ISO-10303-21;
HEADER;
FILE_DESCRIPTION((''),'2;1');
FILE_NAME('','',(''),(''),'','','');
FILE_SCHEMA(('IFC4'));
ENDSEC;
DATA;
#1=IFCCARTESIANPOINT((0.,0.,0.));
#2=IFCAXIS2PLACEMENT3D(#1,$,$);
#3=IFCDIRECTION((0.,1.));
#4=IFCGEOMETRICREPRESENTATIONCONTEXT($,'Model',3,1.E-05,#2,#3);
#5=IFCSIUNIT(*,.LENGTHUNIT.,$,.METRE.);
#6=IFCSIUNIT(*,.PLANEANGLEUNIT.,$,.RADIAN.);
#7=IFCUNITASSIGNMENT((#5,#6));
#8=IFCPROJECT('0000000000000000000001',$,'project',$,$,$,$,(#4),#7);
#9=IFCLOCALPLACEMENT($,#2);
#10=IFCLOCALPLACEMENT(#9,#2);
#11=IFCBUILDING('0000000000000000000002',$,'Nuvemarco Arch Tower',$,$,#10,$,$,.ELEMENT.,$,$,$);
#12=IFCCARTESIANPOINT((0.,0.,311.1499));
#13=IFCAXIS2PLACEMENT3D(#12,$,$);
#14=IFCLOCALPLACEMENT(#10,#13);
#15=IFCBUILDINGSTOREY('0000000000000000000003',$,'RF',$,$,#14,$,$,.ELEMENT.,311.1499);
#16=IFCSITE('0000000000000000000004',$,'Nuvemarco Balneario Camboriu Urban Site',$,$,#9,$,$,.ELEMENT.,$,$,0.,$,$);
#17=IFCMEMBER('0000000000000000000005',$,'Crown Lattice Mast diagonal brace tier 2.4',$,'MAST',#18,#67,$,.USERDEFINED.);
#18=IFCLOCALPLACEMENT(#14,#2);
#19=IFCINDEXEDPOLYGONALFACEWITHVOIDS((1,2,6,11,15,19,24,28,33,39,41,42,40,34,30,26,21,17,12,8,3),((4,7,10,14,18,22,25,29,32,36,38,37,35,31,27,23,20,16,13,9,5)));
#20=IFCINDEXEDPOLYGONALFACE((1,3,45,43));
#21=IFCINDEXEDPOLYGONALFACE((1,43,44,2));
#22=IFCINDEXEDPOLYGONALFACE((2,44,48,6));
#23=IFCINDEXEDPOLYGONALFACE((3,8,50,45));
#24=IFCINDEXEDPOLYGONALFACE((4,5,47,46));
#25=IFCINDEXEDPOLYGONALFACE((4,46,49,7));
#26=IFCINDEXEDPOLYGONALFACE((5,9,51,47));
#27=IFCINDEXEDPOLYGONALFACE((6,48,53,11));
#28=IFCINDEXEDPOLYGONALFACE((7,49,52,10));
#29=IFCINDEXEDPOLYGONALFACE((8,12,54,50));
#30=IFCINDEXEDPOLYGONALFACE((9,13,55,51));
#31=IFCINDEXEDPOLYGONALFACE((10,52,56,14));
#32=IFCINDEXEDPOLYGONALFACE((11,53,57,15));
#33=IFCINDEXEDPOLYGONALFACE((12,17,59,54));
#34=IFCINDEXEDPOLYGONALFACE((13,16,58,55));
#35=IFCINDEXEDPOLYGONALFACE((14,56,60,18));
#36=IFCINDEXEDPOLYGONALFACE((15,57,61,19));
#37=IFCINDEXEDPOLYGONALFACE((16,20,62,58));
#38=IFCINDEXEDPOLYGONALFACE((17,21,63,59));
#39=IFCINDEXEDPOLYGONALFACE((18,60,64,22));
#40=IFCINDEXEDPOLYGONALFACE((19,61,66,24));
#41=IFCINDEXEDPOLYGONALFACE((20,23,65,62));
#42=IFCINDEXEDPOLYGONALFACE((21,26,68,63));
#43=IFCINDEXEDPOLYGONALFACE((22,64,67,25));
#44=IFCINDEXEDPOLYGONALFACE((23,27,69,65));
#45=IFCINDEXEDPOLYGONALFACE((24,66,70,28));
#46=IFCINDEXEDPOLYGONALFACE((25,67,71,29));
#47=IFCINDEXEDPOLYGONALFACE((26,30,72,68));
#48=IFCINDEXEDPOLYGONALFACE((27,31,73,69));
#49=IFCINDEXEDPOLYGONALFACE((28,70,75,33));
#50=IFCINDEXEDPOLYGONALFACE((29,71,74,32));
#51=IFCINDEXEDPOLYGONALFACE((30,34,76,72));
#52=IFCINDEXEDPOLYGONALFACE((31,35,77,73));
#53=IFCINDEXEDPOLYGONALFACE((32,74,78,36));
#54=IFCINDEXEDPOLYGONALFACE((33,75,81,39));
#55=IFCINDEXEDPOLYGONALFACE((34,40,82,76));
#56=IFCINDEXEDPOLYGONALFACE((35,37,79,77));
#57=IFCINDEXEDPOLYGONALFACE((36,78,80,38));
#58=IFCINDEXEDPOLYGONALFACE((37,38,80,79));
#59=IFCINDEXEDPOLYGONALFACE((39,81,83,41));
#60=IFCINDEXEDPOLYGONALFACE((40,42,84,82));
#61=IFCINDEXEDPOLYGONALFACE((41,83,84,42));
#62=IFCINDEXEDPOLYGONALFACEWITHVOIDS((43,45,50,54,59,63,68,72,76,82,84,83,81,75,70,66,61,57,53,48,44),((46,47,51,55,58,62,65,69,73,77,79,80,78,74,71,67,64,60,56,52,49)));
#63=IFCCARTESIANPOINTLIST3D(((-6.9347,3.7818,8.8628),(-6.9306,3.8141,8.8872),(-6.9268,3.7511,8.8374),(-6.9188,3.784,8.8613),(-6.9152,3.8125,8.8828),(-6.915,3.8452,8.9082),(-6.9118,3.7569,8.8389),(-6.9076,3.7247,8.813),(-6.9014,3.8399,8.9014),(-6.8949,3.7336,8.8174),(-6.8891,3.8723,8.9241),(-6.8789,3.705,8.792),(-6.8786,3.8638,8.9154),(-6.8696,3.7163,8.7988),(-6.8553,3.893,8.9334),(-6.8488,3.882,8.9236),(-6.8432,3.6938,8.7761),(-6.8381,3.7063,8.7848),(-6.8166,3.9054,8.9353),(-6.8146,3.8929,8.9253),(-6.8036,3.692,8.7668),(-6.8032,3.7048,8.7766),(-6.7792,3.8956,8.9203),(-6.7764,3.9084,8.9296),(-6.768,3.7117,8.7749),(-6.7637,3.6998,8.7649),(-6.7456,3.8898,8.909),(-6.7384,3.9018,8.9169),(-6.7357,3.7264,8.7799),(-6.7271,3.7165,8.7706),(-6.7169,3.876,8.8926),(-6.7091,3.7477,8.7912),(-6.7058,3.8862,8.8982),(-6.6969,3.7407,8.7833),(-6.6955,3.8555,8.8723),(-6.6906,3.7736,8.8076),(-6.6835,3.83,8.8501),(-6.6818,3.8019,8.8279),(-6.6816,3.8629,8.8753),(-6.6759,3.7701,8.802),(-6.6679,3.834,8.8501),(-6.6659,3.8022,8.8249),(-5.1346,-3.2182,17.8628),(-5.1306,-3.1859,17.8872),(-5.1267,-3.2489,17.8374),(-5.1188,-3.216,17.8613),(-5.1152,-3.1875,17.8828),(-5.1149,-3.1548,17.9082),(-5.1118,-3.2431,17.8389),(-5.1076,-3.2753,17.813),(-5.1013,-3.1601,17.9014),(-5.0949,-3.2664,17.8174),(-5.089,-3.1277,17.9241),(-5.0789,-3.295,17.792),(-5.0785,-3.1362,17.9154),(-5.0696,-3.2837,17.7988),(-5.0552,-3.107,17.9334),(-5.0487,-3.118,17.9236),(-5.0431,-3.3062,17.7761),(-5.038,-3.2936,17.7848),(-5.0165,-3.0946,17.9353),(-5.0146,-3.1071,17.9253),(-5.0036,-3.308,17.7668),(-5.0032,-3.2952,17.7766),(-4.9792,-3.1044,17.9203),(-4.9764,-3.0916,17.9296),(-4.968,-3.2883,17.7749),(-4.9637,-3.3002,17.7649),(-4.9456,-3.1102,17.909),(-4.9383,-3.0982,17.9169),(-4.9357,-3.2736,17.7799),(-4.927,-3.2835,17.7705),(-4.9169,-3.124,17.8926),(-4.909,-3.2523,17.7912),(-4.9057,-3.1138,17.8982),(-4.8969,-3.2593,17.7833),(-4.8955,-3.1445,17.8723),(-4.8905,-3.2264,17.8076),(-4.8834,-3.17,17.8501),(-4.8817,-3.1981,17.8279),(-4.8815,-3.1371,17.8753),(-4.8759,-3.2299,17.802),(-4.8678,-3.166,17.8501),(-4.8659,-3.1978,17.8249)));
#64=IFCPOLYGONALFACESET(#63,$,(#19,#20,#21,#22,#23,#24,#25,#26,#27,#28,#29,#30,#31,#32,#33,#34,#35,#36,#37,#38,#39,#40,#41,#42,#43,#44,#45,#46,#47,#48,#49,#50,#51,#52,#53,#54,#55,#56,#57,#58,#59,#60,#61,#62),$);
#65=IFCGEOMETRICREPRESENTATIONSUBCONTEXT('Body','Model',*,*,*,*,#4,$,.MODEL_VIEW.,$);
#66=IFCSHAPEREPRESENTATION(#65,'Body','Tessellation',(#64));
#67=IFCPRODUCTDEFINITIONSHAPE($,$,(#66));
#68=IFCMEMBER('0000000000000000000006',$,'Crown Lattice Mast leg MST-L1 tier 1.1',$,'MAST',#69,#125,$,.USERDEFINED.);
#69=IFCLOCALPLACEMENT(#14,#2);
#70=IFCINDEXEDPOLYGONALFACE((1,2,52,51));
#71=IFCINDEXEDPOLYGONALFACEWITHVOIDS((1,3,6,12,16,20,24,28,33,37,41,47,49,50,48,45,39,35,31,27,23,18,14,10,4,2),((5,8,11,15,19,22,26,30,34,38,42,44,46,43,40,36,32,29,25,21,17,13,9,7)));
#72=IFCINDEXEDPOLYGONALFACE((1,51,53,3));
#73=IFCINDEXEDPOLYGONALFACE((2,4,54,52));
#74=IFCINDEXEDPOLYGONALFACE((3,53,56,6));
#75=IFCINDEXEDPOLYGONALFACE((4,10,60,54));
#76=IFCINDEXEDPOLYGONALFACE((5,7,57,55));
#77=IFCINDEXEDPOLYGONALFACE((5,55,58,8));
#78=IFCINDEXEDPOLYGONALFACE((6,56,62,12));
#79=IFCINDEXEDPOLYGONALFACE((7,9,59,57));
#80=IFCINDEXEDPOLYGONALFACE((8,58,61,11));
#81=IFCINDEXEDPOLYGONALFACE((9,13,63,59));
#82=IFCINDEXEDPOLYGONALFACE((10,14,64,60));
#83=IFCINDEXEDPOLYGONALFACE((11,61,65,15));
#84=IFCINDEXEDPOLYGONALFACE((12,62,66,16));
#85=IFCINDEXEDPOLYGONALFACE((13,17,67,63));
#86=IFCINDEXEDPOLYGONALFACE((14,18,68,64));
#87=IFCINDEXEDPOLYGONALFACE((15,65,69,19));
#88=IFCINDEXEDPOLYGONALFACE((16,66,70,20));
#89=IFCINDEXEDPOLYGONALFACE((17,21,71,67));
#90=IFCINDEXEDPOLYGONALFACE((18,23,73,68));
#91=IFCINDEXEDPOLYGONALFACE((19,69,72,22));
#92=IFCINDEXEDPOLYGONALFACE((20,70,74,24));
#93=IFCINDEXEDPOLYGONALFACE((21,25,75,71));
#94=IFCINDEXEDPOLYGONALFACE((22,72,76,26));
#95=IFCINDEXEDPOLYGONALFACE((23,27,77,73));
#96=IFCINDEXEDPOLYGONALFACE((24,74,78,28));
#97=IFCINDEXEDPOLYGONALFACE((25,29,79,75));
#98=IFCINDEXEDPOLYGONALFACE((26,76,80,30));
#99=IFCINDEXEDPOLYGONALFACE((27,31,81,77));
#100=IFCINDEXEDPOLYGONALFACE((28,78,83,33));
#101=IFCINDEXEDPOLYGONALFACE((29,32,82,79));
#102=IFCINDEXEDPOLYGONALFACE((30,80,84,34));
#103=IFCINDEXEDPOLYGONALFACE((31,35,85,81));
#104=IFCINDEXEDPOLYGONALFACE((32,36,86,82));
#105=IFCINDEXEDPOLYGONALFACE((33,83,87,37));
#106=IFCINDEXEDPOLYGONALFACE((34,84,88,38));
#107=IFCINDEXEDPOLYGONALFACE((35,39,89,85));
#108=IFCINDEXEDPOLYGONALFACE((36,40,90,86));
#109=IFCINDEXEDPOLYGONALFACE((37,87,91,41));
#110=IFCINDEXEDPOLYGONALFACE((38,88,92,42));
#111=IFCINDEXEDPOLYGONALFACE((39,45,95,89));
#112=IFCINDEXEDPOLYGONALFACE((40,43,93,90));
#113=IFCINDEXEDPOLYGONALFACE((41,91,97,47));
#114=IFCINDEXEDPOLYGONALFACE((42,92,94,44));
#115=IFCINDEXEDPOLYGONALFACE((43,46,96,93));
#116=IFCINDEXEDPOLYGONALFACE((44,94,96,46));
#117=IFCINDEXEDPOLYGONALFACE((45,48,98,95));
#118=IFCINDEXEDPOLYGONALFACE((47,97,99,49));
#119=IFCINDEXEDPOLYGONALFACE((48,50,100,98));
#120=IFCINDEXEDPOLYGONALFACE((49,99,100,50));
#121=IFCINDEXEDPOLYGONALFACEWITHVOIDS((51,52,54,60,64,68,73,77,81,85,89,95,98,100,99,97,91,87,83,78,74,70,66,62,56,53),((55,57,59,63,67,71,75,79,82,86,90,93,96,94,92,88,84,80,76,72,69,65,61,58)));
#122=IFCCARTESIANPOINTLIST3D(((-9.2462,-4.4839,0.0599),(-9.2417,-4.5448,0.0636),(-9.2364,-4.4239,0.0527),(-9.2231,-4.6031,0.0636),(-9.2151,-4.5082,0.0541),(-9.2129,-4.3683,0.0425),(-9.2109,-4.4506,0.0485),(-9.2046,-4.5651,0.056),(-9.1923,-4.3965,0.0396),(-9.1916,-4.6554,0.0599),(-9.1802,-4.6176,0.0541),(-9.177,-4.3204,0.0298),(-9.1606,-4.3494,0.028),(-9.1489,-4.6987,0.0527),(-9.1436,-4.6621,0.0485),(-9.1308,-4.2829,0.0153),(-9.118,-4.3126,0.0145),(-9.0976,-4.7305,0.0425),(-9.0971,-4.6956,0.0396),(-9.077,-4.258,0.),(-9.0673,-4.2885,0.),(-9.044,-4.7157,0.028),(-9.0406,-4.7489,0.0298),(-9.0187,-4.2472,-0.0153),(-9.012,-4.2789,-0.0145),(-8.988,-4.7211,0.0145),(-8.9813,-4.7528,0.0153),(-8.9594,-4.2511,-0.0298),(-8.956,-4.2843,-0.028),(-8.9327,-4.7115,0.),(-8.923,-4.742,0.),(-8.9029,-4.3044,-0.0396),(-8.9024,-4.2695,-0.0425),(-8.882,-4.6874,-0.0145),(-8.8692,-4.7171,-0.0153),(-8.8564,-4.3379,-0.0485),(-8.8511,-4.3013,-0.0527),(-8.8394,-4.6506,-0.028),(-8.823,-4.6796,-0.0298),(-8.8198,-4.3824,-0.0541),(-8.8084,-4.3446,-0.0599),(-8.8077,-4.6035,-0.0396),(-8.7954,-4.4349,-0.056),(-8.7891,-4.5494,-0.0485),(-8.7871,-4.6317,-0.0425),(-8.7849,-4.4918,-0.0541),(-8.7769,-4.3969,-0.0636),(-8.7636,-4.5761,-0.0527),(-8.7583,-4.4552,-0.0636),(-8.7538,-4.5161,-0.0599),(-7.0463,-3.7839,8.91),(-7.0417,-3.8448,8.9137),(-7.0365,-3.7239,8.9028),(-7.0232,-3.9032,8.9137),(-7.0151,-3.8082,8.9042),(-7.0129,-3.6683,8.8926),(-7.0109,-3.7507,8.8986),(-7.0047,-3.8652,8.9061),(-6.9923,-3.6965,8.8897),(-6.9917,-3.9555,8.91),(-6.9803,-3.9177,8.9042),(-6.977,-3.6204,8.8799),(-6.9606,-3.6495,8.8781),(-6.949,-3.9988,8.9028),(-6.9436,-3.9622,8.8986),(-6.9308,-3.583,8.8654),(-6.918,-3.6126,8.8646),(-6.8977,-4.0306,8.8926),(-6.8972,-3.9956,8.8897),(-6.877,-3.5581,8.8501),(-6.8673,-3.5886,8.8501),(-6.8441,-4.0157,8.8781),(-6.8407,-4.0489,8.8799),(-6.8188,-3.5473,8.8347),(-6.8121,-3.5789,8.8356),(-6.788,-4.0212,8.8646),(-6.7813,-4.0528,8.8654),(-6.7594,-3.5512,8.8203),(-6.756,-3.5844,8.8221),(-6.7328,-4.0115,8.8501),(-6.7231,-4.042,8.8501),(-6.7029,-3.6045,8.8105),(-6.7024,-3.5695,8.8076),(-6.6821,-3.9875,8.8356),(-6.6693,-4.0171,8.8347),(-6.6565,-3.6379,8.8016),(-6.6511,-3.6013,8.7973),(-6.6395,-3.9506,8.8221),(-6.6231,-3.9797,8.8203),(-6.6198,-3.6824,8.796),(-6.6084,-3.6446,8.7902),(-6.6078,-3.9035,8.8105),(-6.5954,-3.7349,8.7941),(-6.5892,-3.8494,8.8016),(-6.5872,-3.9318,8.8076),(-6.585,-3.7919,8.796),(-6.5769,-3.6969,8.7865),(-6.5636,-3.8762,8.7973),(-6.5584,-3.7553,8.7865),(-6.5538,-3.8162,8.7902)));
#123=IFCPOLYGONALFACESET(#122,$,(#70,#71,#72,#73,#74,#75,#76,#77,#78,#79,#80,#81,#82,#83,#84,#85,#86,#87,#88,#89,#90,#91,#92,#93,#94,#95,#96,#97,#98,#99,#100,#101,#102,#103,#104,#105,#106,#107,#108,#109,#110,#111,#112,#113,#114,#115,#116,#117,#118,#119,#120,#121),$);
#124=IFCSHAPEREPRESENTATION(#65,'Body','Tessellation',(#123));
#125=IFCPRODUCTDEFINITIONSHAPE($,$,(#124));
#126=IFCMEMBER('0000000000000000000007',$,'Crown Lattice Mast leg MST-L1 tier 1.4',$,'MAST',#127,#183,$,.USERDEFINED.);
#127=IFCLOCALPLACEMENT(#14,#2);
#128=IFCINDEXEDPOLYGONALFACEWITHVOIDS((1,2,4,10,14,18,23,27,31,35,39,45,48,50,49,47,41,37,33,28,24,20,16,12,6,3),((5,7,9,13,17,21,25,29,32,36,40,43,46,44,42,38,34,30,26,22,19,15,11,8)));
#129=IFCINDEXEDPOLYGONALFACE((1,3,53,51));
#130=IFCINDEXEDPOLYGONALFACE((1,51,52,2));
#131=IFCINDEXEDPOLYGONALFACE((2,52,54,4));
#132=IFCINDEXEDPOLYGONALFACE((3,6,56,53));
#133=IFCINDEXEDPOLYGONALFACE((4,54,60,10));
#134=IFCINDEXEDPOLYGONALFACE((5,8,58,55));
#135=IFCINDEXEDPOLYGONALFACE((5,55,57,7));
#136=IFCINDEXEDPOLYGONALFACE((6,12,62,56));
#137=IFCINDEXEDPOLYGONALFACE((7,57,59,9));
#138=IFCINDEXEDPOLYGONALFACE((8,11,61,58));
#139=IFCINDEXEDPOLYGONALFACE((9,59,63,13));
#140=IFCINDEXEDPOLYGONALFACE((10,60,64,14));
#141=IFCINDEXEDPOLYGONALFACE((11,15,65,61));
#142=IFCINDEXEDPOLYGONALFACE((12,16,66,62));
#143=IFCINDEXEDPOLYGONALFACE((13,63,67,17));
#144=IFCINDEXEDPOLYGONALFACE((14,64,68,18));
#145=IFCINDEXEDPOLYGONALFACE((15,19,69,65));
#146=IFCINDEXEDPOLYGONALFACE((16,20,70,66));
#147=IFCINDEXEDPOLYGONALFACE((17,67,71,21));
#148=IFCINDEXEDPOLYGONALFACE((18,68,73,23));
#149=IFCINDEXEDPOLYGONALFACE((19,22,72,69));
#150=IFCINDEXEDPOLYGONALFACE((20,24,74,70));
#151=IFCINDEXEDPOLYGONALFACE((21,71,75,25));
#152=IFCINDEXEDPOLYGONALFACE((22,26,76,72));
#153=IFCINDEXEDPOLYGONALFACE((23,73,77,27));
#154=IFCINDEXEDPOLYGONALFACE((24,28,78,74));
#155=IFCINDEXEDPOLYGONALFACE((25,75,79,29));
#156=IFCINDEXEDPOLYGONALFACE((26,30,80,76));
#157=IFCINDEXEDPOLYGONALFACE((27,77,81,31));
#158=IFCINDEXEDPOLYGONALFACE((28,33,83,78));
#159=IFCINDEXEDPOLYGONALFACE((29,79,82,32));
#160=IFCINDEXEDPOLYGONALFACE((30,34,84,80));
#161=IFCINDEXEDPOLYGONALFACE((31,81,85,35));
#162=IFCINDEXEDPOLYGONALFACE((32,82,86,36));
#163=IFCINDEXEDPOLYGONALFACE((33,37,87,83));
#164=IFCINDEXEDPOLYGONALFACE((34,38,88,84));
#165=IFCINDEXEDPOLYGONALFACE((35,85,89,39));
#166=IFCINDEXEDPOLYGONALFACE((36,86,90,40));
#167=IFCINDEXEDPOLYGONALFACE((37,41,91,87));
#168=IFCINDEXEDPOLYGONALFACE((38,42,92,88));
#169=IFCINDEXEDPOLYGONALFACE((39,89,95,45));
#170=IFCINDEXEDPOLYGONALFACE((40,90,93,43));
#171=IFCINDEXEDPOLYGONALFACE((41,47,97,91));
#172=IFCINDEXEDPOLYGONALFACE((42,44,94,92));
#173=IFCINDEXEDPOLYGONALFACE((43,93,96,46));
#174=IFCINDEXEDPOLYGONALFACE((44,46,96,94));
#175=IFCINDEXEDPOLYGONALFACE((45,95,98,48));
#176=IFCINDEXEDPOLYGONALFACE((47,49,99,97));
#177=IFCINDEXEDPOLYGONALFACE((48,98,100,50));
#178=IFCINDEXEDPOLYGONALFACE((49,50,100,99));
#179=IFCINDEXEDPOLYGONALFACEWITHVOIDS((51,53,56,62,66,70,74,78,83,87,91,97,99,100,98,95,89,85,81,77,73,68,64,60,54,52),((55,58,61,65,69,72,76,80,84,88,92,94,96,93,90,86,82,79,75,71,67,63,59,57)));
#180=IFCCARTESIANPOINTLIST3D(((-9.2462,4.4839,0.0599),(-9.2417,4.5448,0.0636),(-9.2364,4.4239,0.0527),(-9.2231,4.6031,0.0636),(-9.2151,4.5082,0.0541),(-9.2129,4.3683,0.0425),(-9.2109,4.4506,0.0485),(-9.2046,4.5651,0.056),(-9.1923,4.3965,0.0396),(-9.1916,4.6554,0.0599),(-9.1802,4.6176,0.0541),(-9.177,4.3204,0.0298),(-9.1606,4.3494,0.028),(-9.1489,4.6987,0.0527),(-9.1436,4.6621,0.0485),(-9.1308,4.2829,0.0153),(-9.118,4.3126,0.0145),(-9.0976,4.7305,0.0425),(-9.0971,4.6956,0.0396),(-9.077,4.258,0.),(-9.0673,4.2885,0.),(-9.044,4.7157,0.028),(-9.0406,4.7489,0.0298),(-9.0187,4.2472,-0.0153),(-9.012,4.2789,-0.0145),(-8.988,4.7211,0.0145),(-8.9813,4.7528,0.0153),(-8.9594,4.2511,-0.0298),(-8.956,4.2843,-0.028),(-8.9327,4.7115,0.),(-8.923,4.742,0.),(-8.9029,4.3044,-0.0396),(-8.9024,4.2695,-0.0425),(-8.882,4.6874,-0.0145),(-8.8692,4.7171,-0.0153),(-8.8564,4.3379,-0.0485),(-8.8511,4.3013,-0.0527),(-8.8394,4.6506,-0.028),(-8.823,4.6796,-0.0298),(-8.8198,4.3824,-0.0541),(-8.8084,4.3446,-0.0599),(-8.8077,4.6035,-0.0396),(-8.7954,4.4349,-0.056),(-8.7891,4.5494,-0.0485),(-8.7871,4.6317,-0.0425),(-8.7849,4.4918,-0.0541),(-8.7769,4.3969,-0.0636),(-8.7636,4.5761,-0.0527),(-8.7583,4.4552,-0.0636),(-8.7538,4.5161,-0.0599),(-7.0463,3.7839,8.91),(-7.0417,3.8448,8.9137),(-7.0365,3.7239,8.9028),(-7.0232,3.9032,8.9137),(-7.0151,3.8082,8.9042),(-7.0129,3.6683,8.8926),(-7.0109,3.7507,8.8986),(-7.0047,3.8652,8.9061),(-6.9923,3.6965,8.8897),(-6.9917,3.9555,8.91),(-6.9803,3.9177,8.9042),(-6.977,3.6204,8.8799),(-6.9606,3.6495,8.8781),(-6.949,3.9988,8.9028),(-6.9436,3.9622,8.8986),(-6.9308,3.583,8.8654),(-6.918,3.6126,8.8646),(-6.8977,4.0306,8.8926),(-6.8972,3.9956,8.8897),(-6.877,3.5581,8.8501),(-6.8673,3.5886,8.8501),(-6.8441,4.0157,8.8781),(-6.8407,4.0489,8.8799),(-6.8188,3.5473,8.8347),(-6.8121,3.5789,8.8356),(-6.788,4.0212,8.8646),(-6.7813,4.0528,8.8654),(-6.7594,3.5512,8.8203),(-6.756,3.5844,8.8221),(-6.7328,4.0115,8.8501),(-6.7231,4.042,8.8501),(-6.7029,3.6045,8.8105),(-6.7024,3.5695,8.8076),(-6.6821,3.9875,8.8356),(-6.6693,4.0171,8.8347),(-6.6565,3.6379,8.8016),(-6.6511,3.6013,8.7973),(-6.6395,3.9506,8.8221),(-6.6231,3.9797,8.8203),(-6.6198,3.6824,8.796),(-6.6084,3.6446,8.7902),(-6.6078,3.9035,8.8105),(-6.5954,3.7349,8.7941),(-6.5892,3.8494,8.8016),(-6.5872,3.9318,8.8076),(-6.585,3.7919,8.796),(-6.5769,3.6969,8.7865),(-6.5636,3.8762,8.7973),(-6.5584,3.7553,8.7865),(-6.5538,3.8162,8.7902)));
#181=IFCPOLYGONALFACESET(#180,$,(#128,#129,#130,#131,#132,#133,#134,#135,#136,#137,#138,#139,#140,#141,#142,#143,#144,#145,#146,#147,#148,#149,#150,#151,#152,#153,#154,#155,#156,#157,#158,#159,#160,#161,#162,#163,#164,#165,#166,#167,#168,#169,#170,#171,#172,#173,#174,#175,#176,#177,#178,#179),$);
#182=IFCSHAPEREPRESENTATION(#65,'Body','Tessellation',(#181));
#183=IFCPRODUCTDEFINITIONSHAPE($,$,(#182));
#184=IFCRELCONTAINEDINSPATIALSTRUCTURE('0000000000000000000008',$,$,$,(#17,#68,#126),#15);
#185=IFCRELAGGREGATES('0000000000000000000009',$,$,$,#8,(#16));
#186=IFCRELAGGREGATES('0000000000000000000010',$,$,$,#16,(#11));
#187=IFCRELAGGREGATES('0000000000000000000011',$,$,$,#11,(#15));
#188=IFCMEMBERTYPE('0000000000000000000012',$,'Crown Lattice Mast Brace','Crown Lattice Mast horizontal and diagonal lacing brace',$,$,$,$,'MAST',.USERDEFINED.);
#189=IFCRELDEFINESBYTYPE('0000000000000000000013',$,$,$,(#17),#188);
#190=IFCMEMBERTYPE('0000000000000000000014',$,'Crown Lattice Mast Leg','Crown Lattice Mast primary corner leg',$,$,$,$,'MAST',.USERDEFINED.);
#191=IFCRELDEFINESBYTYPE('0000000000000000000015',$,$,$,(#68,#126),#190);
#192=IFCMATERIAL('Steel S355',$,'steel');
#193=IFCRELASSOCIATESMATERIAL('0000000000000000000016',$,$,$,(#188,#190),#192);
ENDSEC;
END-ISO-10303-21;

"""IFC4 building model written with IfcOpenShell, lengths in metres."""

from ifc_helpers import new_model, si_unit, direction, frame, origin, origin_2d, place, context, subcontext, project, spatial, hollow_circle, extrude, material, material_profile, profile_set, type_object, element, save


model = new_model("IFC4")

# Units and contexts
model_context = context("Model", 3, precision=1e-05, world=origin(), true_north=direction((0.0, 1.0)))
body_context = subcontext(model_context, "Body", "Model", "MODEL_VIEW")
ifc_project = project(units=[si_unit("LENGTHUNIT", "METRE"), si_unit("PLANEANGLEUNIT", "RADIAN")], contexts=[model_context])

# Site, building, storey
site_placement = place(None, origin())
site = spatial("IfcSite", under=ifc_project, at=site_placement, Name="Nuvemarco Balneario Camboriu Urban Site", CompositionType="ELEMENT", RefElevation=0.0)
building_placement = place(site_placement, origin())
building = spatial("IfcBuilding", under=site, at=building_placement, Name="Nuvemarco Arch Tower", CompositionType="ELEMENT")
storey_placement = place(building_placement, frame((0.0, 0.0, 311.1499)))
storey = spatial("IfcBuildingStorey", under=building, at=storey_placement, Name="RF", CompositionType="ELEMENT", Elevation=311.1499)

# Members
ifc_material_1 = material(Name="Steel S355", Category="steel")
ifc_material_profile_1 = material_profile(ifc_material_1, hollow_circle(Radius=0.1365, WallThickness=0.0161, at=origin_2d()), Name="CHS273x16")
ifc_profile_set_1 = profile_set([ifc_material_profile_1], Name="Steel S355")
member_type_1 = type_object("IfcMemberType", Name="Crown Lattice Mast Brace", Description="Crown Lattice Mast horizontal and diagonal lacing brace", ElementType="MAST", PredefinedType="USERDEFINED", material=ifc_profile_set_1)
member_1_placement = place(storey_placement, frame((-6.8, 3.8, 8.8501), z_axis=(0.155943, -0.60643, 0.779695), x_axis=(0.968491, 0.249047, 0.0)))
element("IfcMember", 1, at=member_1_placement, inside=storey, type_object=member_type_1, Name="Crown Lattice Mast diagonal brace tier 2.4", ObjectType="MAST", PredefinedType="USERDEFINED", context=body_context, shape_type="SweptSolid", body=[
    extrude(hollow_circle(Radius=0.1365, WallThickness=0.0161, at=origin_2d()), origin(), (0.0, 0.0, 1.0), 11.543),
])
ifc_material_profile_2 = material_profile(ifc_material_1, hollow_circle(Radius=0.2539, WallThickness=0.032, at=origin_2d()), Name="CHS508x32")
ifc_profile_set_2 = profile_set([ifc_material_profile_2], Name="Steel S355")
member_type_2 = type_object("IfcMemberType", Name="Crown Lattice Mast Leg", Description="Crown Lattice Mast primary corner leg", ElementType="MAST", PredefinedType="USERDEFINED", material=ifc_profile_set_2)
for number, where, z_axis, x_axis, name in (
    (2, (-9.0, -4.5, 0.0), (0.24053, 0.076529, 0.96762), (-0.303191, 0.95293, 0.0), "Crown Lattice Mast leg MST-L1 tier 1.1"),
    (3, (-9.0, 4.5, 0.0), (0.24053, -0.076529, 0.96762), (0.303191, 0.95293, 0.0), "Crown Lattice Mast leg MST-L1 tier 1.4"),
):
    element("IfcMember", number, at=place(storey_placement, frame(where, z_axis=z_axis, x_axis=x_axis)), inside=storey, type_object=member_type_2, Name=name, ObjectType="MAST", PredefinedType="USERDEFINED", context=body_context, shape_type="SweptSolid", body=[
        extrude(hollow_circle(Radius=0.2539, WallThickness=0.032, at=origin_2d()), origin(), (0.0, 0.0, 1.0), 9.1462),
    ])

save(model, "model.ifc")
